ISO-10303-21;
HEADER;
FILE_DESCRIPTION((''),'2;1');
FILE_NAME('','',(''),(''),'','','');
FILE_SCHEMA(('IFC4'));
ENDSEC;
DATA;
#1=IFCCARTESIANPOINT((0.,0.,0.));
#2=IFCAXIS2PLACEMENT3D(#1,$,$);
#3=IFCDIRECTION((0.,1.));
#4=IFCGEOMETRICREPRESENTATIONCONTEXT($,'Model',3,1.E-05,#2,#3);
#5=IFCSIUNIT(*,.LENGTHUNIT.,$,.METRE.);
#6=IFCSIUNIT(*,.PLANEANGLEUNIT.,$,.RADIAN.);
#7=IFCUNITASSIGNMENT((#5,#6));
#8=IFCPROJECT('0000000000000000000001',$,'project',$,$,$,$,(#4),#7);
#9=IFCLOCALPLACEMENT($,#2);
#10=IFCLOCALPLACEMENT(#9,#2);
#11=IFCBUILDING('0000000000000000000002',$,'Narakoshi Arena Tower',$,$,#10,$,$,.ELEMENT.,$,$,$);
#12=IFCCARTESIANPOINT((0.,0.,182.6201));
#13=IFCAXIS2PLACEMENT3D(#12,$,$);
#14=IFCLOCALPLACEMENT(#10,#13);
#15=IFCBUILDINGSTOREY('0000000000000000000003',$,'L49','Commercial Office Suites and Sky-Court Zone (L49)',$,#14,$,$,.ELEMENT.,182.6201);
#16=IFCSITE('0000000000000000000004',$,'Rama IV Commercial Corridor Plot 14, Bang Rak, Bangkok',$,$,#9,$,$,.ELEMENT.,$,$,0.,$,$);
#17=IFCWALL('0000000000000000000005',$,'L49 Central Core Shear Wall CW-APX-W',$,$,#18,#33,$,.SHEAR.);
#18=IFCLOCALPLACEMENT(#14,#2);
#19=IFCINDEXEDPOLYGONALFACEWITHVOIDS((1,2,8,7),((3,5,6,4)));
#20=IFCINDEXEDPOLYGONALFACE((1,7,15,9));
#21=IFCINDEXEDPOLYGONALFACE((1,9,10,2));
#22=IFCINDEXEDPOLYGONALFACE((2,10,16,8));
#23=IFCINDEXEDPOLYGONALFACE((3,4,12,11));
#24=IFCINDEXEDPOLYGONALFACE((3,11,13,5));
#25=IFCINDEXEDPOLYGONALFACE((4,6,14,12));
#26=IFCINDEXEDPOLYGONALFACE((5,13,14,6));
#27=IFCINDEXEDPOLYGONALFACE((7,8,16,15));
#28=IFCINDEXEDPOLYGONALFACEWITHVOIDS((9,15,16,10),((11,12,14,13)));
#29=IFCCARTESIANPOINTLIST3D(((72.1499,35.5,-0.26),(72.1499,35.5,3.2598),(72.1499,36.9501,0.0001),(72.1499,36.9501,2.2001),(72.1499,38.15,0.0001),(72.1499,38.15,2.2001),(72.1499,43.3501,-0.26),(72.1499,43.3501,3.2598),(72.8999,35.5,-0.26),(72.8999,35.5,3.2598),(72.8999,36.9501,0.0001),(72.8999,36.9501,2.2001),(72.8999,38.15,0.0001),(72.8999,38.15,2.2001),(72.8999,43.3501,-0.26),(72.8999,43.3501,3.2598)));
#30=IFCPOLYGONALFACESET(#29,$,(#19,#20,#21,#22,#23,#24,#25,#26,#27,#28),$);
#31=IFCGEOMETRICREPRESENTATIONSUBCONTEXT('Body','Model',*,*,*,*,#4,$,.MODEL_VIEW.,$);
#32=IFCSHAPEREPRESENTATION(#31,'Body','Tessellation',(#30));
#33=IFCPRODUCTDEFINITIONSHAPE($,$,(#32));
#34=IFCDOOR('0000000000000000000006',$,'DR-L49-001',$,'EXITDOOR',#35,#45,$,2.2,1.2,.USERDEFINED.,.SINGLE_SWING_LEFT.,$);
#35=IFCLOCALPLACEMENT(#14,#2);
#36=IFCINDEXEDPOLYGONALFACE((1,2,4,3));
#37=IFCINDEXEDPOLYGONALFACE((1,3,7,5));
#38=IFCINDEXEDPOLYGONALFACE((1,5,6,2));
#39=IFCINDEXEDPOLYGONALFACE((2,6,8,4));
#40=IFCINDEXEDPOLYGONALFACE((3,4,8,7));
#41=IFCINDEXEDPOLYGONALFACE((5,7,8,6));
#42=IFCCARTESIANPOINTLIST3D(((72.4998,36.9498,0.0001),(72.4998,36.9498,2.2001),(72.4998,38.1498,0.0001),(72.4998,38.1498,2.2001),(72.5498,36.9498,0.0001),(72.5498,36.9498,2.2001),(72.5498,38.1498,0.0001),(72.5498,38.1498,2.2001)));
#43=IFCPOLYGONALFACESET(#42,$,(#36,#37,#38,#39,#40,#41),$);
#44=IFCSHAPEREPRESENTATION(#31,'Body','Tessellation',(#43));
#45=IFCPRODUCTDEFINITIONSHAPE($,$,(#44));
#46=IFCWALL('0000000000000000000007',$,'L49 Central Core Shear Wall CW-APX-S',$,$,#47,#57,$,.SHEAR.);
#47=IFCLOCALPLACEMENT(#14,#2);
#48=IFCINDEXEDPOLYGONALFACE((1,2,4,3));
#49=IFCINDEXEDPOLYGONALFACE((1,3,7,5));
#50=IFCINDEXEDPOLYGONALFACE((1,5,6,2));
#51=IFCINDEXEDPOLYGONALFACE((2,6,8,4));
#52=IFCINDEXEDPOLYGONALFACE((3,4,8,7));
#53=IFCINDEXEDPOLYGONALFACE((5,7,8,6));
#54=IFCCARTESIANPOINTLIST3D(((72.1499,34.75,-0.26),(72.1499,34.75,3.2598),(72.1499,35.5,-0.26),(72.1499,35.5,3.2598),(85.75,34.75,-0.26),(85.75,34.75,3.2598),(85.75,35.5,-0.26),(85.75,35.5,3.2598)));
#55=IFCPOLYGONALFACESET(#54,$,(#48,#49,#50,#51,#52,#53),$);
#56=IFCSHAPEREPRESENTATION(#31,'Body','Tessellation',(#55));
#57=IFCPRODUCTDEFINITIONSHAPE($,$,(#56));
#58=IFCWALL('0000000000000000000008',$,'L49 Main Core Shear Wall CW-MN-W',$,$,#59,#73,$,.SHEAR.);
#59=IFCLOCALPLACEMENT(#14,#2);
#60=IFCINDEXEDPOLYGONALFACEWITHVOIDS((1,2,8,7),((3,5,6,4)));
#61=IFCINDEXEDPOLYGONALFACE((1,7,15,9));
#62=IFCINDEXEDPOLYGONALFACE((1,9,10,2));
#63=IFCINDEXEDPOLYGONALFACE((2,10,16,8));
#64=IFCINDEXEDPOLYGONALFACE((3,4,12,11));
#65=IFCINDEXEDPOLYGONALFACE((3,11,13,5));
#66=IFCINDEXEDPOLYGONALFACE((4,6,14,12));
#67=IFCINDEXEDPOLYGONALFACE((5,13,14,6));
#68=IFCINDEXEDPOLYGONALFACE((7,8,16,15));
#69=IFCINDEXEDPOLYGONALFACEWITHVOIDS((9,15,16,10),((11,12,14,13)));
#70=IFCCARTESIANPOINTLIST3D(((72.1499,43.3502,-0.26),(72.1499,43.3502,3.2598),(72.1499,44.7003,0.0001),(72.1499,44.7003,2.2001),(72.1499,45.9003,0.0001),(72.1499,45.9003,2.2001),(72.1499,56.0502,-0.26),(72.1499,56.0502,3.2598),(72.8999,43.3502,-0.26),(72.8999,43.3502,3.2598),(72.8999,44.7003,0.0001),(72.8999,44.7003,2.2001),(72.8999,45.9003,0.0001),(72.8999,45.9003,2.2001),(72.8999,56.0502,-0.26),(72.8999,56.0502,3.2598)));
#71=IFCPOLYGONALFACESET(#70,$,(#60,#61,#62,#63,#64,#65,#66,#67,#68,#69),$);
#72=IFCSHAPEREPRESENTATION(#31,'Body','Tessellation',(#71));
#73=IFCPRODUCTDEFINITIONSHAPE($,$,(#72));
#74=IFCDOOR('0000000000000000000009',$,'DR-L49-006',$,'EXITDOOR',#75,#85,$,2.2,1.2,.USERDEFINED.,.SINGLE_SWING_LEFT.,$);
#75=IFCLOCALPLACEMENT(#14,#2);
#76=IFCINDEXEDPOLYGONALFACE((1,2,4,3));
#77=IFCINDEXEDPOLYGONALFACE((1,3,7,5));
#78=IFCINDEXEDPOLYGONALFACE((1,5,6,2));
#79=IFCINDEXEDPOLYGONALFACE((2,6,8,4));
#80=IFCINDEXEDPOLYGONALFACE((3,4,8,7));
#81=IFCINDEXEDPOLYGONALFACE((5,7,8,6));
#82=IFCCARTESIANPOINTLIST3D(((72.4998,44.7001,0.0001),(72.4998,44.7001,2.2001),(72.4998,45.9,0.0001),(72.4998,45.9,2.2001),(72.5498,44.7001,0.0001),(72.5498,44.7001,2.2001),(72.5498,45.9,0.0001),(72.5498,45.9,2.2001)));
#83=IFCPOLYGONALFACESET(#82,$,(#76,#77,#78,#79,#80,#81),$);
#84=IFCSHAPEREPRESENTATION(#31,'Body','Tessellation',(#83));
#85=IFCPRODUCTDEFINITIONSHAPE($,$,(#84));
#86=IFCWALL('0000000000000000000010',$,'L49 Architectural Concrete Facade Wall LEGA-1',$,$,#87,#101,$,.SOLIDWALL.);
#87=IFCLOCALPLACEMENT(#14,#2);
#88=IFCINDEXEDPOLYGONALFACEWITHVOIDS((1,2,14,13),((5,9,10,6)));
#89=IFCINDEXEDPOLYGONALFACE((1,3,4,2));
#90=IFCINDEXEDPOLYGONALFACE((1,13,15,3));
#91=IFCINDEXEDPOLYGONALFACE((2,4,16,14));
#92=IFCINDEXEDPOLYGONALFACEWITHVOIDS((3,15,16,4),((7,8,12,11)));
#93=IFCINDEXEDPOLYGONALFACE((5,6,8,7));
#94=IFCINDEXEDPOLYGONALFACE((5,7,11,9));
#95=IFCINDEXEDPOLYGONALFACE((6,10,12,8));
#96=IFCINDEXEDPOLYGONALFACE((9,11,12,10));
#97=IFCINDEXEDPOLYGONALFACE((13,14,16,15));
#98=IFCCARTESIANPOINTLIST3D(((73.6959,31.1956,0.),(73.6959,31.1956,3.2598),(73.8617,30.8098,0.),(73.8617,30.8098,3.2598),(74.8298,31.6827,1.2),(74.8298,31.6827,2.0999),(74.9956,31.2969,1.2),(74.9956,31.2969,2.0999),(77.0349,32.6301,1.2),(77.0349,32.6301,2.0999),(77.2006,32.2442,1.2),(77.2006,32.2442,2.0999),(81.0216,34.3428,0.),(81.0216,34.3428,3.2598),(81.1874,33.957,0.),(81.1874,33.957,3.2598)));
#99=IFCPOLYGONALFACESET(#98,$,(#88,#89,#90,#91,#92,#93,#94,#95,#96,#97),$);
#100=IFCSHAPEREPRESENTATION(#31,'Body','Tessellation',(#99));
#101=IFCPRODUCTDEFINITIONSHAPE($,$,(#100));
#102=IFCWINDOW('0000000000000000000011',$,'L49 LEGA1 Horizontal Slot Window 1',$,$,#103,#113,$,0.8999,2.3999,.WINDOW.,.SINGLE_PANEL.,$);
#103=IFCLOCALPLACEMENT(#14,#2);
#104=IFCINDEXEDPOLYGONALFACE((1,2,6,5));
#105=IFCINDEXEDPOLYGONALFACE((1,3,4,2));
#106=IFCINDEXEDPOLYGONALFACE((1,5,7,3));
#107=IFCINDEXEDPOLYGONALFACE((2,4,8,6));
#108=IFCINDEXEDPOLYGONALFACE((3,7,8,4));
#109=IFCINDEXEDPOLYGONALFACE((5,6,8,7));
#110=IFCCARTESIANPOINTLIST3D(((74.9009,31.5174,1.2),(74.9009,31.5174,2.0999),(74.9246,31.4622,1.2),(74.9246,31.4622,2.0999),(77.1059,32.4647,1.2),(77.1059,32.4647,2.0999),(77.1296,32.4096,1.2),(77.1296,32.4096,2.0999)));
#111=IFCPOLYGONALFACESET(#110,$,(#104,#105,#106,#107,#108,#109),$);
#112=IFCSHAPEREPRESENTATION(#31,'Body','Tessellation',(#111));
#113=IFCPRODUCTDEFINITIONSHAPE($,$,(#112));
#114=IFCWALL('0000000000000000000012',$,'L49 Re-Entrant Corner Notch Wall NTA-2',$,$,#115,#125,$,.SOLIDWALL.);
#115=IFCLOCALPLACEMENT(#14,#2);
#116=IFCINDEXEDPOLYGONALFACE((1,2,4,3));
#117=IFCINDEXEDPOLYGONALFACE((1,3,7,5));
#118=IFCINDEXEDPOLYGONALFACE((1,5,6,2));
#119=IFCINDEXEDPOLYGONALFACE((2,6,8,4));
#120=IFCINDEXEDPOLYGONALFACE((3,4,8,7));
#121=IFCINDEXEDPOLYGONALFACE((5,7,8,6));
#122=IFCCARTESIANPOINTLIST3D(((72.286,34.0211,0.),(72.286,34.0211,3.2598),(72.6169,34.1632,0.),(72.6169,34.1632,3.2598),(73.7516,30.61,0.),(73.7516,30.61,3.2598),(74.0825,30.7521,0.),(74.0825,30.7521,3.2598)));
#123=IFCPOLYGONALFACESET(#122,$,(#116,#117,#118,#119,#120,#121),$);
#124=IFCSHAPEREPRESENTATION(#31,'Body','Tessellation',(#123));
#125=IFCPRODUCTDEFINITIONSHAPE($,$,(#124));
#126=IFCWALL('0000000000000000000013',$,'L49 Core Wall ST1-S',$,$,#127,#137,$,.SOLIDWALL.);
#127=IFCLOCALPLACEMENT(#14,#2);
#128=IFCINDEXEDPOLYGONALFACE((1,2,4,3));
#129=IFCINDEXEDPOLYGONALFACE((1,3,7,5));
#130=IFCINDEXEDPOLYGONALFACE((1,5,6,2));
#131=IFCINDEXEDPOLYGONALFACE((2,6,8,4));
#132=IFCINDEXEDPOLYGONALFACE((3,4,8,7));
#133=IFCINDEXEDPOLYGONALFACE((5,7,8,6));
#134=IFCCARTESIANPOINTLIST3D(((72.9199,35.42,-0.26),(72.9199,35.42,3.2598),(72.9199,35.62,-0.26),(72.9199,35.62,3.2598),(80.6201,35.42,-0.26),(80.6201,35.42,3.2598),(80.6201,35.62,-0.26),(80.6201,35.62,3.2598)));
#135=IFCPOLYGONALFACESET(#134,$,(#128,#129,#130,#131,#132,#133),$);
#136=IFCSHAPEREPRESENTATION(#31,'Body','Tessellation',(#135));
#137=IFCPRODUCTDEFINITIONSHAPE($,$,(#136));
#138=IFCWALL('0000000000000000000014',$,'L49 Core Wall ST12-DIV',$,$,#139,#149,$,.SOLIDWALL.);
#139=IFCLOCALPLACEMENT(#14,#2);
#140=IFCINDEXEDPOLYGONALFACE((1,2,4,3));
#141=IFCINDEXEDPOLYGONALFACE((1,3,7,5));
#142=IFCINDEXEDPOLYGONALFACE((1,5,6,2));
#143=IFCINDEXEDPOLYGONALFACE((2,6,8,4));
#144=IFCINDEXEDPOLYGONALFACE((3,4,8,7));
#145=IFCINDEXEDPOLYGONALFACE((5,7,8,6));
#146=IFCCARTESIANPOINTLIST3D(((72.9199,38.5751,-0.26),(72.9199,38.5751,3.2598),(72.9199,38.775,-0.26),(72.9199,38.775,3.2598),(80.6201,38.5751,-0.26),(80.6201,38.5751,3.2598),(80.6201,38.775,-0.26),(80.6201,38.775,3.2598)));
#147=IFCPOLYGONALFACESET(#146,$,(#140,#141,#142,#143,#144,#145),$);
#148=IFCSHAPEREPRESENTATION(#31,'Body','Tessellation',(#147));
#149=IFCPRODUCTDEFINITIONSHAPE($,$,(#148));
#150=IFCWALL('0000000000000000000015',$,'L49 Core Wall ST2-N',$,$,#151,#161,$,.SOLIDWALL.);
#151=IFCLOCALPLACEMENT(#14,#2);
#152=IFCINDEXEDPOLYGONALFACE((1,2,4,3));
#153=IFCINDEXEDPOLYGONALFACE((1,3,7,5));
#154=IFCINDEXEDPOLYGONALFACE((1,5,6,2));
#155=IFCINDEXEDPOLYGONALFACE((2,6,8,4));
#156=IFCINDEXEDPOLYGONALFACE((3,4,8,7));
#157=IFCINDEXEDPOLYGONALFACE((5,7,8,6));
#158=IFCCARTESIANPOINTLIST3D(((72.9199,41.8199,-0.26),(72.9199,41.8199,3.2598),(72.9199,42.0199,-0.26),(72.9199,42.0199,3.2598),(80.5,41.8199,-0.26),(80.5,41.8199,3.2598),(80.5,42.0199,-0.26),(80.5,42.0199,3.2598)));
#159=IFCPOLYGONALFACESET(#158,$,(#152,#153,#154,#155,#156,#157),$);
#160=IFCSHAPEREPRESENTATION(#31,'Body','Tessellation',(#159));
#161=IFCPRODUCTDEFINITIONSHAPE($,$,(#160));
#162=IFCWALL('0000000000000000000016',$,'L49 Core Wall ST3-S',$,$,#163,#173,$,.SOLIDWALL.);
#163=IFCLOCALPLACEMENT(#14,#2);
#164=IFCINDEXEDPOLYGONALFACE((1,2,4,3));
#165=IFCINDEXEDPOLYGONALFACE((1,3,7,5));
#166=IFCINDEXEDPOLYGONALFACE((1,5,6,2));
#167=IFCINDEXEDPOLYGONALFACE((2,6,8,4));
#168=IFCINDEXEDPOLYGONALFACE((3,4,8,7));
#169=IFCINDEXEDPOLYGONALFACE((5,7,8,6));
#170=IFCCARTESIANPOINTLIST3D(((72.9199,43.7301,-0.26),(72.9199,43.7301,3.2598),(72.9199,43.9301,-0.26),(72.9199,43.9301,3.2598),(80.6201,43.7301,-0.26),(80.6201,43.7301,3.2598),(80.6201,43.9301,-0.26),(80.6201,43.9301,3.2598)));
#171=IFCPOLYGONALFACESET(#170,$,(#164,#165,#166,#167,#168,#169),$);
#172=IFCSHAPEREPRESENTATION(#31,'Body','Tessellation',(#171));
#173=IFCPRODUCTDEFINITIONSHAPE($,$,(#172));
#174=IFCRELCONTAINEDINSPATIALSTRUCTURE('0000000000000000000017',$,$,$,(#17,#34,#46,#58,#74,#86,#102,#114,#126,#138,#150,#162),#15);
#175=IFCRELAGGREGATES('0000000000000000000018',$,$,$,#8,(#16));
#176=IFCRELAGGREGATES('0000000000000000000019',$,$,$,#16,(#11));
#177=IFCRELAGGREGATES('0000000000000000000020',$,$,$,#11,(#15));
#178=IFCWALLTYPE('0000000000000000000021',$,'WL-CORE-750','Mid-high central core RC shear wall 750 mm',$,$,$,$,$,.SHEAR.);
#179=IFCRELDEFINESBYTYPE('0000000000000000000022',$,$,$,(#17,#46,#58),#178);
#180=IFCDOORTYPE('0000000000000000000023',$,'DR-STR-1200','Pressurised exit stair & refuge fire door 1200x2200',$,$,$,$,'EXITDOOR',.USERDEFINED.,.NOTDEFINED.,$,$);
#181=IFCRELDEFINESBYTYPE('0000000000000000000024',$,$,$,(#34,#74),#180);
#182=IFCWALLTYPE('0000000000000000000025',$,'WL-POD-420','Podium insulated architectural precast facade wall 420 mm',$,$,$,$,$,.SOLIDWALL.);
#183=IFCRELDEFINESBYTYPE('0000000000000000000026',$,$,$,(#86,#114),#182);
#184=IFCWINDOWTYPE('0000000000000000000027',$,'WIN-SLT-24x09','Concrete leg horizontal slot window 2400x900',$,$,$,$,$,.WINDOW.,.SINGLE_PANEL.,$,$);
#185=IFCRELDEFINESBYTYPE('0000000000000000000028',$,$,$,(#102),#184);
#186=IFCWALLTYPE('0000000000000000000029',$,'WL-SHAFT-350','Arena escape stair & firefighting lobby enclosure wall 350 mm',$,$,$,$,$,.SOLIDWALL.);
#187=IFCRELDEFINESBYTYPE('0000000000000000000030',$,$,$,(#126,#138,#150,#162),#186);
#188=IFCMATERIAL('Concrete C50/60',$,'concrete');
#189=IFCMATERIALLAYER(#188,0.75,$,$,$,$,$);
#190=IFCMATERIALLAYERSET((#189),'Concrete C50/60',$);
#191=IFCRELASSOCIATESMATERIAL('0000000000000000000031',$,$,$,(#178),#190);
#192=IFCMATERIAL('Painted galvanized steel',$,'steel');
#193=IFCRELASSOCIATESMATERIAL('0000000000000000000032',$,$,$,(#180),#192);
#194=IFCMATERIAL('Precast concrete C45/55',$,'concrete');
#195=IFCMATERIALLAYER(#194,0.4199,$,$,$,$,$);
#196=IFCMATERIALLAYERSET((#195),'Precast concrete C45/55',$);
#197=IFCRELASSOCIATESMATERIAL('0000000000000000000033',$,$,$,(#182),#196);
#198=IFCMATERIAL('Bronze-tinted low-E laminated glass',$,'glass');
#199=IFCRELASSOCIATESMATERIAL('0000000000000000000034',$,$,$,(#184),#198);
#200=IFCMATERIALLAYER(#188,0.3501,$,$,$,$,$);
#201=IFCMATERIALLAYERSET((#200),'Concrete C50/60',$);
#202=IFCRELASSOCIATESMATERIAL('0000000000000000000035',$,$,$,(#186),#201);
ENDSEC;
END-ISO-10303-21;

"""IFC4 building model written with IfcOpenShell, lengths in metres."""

from ifc_helpers import new_model, si_unit, direction, frame, frame_2d, origin, place, context, subcontext, project, spatial, rectangle, extrude, material, layer, layer_set, type_object, element, fill, save


model = new_model("IFC4")

# Units and contexts
model_context = context("Model", 3, precision=1e-05, world=origin(), true_north=direction((0.0, 1.0)))
body_context = subcontext(model_context, "Body", "Model", "MODEL_VIEW")
ifc_project = project(units=[si_unit("LENGTHUNIT", "METRE"), si_unit("PLANEANGLEUNIT", "RADIAN")], contexts=[model_context])

# Site, building, storey
site_placement = place(None, origin())
site = spatial("IfcSite", under=ifc_project, at=site_placement, Name="Rama IV Commercial Corridor Plot 14, Bang Rak, Bangkok", CompositionType="ELEMENT", RefElevation=0.0)
building_placement = place(site_placement, origin())
building = spatial("IfcBuilding", under=site, at=building_placement, Name="Narakoshi Arena Tower", CompositionType="ELEMENT")
storey_placement = place(building_placement, frame((0.0, 0.0, 182.6201)))
storey = spatial("IfcBuildingStorey", under=building, at=storey_placement, Name="L49", Description="Commercial Office Suites and Sky-Court Zone (L49)", CompositionType="ELEMENT", Elevation=182.6201)

# Wall, opening, door
ifc_material_1 = material(Name="Concrete C50/60", Category="concrete")
ifc_layer_1 = layer(ifc_material_1, 0.75)
ifc_layer_set_1 = layer_set([ifc_layer_1], Name="Concrete C50/60")
wall_type_1 = type_object("IfcWallType", Name="WL-CORE-750", Description="Mid-high central core RC shear wall 750 mm", PredefinedType="SHEAR", material=ifc_layer_set_1)
wall_1_placement = place(storey_placement, frame((72.5249, 35.5, -0.26), z_axis=(0.0, 0.0, 1.0), x_axis=(0.0, 1.0, 0.0)))
wall_1 = element("IfcWall", 1, at=wall_1_placement, inside=storey, type_object=wall_type_1, Name="L49 Central Core Shear Wall CW-APX-W", PredefinedType="SHEAR", context=body_context, shape_type="SweptSolid", body=[
    extrude(rectangle(XDim=7.8501, YDim=0.75, at=frame_2d((3.925, 0.0))), origin(), (0.0, 0.0, 1.0), 3.5198),
])
opening_1_placement = place(wall_1_placement, frame((1.45, 0.0, 0.26)))
opening_1 = element("IfcOpeningElement", 2, at=opening_1_placement, cuts=wall_1, PredefinedType="OPENING", context=body_context, shape_type="SweptSolid", body=[
    extrude(rectangle(XDim=1.2, YDim=2.2, at=frame_2d((0.6001, 1.1001))), frame((0.0, 0.385, 0.0), z_axis=(0.0, -1.0, 0.0), x_axis=(1.0, 0.0, 0.0)), (0.0, 0.0, 1.0), 0.77),
])
ifc_material_2 = material(Name="Painted galvanized steel", Category="steel")
door_type = type_object("IfcDoorType", Name="DR-STR-1200", Description="Pressurised exit stair & refuge fire door 1200x2200", ElementType="EXITDOOR", OperationType="NOTDEFINED", PredefinedType="USERDEFINED", material=ifc_material_2)
door_1_placement = place(opening_1_placement, frame((1.2, 0.0, 0.0), z_axis=(0.0, 0.0, 1.0), x_axis=(-1.0, 0.0, 0.0)))
door_1 = element("IfcDoor", 3, at=door_1_placement, inside=storey, type_object=door_type, Name="DR-L49-001", ObjectType="EXITDOOR", OperationType="SINGLE_SWING_LEFT", OverallHeight=2.2, OverallWidth=1.2, PredefinedType="USERDEFINED", context=body_context, shape_type="SweptSolid", body=[
    extrude(rectangle(XDim=1.2, YDim=2.2, at=frame_2d((0.6001, 1.1001))), frame((0.0, 0.0249, 0.0), z_axis=(0.0, -1.0, 0.0), x_axis=(1.0, 0.0, 0.0)), (0.0, 0.0, 1.0), 0.05),
])
fill(opening_1, door_1)

# Wall
wall_2_placement = place(storey_placement, frame((72.1499, 35.125, -0.26), z_axis=(0.0, 0.0, 1.0), x_axis=(1.0, 0.0, 0.0)))
element("IfcWall", 4, at=wall_2_placement, inside=storey, type_object=wall_type_1, Name="L49 Central Core Shear Wall CW-APX-S", PredefinedType="SHEAR", context=body_context, shape_type="SweptSolid", body=[
    extrude(rectangle(XDim=13.6001, YDim=0.75, at=frame_2d((6.8, 0.0))), origin(), (0.0, 0.0, 1.0), 3.5198),
])

# Wall, opening, door
wall_3_placement = place(storey_placement, frame((72.5249, 43.3501, -0.26), z_axis=(0.0, 0.0, 1.0), x_axis=(0.0, 1.0, 0.0)))
wall_3 = element("IfcWall", 5, at=wall_3_placement, inside=storey, type_object=wall_type_1, Name="L49 Main Core Shear Wall CW-MN-W", PredefinedType="SHEAR", context=body_context, shape_type="SweptSolid", body=[
    extrude(rectangle(XDim=12.7, YDim=0.75, at=frame_2d((6.3501, 0.0))), origin(), (0.0, 0.0, 1.0), 3.5198),
])
opening_2_placement = place(wall_3_placement, frame((1.3501, 0.0, 0.26)))
opening_2 = element("IfcOpeningElement", 6, at=opening_2_placement, cuts=wall_3, PredefinedType="OPENING", context=body_context, shape_type="SweptSolid", body=[
    extrude(rectangle(XDim=1.2, YDim=2.2, at=frame_2d((0.6001, 1.1001))), frame((0.0, 0.385, 0.0), z_axis=(0.0, -1.0, 0.0), x_axis=(1.0, 0.0, 0.0)), (0.0, 0.0, 1.0), 0.77),
])
door_2_placement = place(opening_2_placement, frame((1.2, 0.0, 0.0), z_axis=(0.0, 0.0, 1.0), x_axis=(-1.0, 0.0, 0.0)))
door_2 = element("IfcDoor", 7, at=door_2_placement, inside=storey, type_object=door_type, Name="DR-L49-006", ObjectType="EXITDOOR", OperationType="SINGLE_SWING_LEFT", OverallHeight=2.2, OverallWidth=1.2, PredefinedType="USERDEFINED", context=body_context, shape_type="SweptSolid", body=[
    extrude(rectangle(XDim=1.2, YDim=2.2, at=frame_2d((0.6001, 1.1001))), frame((0.0, 0.0249, 0.0), z_axis=(0.0, -1.0, 0.0), x_axis=(1.0, 0.0, 0.0)), (0.0, 0.0, 1.0), 0.05),
])
fill(opening_2, door_2)

# Wall, opening, window
ifc_material_3 = material(Name="Precast concrete C45/55", Category="concrete")
ifc_layer_2 = layer(ifc_material_3, 0.4199)
ifc_layer_set_2 = layer_set([ifc_layer_2], Name="Precast concrete C45/55")
wall_type_2 = type_object("IfcWallType", Name="WL-POD-420", Description="Podium insulated architectural precast facade wall 420 mm", PredefinedType="SOLIDWALL", material=ifc_layer_set_2)
wall_4_placement = place(storey_placement, frame((73.7788, 31.0027, 0.0), z_axis=(0.0, 0.0, 1.0), x_axis=(0.918798, 0.394728, 0.0)))
wall_4 = element("IfcWall", 8, at=wall_4_placement, inside=storey, type_object=wall_type_2, Name="L49 Architectural Concrete Facade Wall LEGA-1", PredefinedType="SOLIDWALL", context=body_context, shape_type="SweptSolid", body=[
    extrude(rectangle(XDim=7.9731, YDim=0.4199, at=frame_2d((3.9866, 0.0))), origin(), (0.0, 0.0, 1.0), 3.2598),
])
opening_3_placement = place(wall_4_placement, frame((1.2341, 0.0, 1.2)))
opening_3 = element("IfcOpeningElement", 9, at=opening_3_placement, cuts=wall_4, PredefinedType="OPENING", context=body_context, shape_type="SweptSolid", body=[
    extrude(rectangle(XDim=2.3999, YDim=0.8999, at=frame_2d((1.2, 0.45))), frame((0.0, 0.22, 0.0), z_axis=(0.0, -1.0, 0.0), x_axis=(1.0, 0.0, 0.0)), (0.0, 0.0, 1.0), 0.4399),
])
ifc_material_4 = material(Name="Bronze-tinted low-E laminated glass", Category="glass")
window_type = type_object("IfcWindowType", Name="WIN-SLT-24x09", Description="Concrete leg horizontal slot window 2400x900", PartitioningType="SINGLE_PANEL", PredefinedType="WINDOW", material=ifc_material_4)
window_placement = place(opening_3_placement, origin())
window = element("IfcWindow", 10, at=window_placement, inside=storey, type_object=window_type, Name="L49 LEGA1 Horizontal Slot Window 1", OverallHeight=0.8999, OverallWidth=2.3999, PartitioningType="SINGLE_PANEL", PredefinedType="WINDOW", context=body_context, shape_type="SweptSolid", body=[
    extrude(rectangle(XDim=2.3999, YDim=0.8999, at=frame_2d((1.2, 0.45))), frame((0.0, 0.03, 0.0), z_axis=(0.0, -1.0, 0.0), x_axis=(1.0, 0.0, 0.0)), (0.0, 0.0, 1.0), 0.0601),
])
fill(opening_3, window)

# Walls
wall_5_placement = place(storey_placement, frame((72.4514, 34.0923, 0.0), z_axis=(0.0, 0.0, 1.0), x_axis=(0.394752, -0.918788, 0.0)))
element("IfcWall", 11, at=wall_5_placement, inside=storey, type_object=wall_type_2, Name="L49 Re-Entrant Corner Notch Wall NTA-2", PredefinedType="SOLIDWALL", context=body_context, shape_type="SweptSolid", body=[
    extrude(rectangle(XDim=3.7126, YDim=0.3601, at=frame_2d((1.8564, 0.0))), origin(), (0.0, 0.0, 1.0), 3.2598),
])
ifc_layer_3 = layer(ifc_material_1, 0.3501)
ifc_layer_set_3 = layer_set([ifc_layer_3], Name="Concrete C50/60")
wall_type_3 = type_object("IfcWallType", Name="WL-SHAFT-350", Description="Arena escape stair & firefighting lobby enclosure wall 350 mm", PredefinedType="SOLIDWALL", material=ifc_layer_set_3)
for number, where, z_axis, x_axis, name in (
    (12, (72.9199, 35.52, -0.26), (0.0, 0.0, 1.0), (1.0, 0.0, 0.0), "L49 Core Wall ST1-S"),
    (13, (72.9199, 38.675, -0.26), (0.0, 0.0, 1.0), (1.0, 0.0, 0.0), "L49 Core Wall ST12-DIV"),
):
    element("IfcWall", number, at=place(storey_placement, frame(where, z_axis=z_axis, x_axis=x_axis)), inside=storey, type_object=wall_type_3, Name=name, PredefinedType="SOLIDWALL", context=body_context, shape_type="SweptSolid", body=[
        extrude(rectangle(XDim=7.7002, YDim=0.2, at=frame_2d((3.8501, 0.0))), origin(), (0.0, 0.0, 1.0), 3.5198),
    ])
wall_6_placement = place(storey_placement, frame((72.9199, 41.9199, -0.26), z_axis=(0.0, 0.0, 1.0), x_axis=(1.0, 0.0, 0.0)))
element("IfcWall", 14, at=wall_6_placement, inside=storey, type_object=wall_type_3, Name="L49 Core Wall ST2-N", PredefinedType="SOLIDWALL", context=body_context, shape_type="SweptSolid", body=[
    extrude(rectangle(XDim=7.5801, YDim=0.2, at=frame_2d((3.79, 0.0))), origin(), (0.0, 0.0, 1.0), 3.5198),
])
wall_7_placement = place(storey_placement, frame((72.9199, 43.8301, -0.26), z_axis=(0.0, 0.0, 1.0), x_axis=(1.0, 0.0, 0.0)))
element("IfcWall", 15, at=wall_7_placement, inside=storey, type_object=wall_type_3, Name="L49 Core Wall ST3-S", PredefinedType="SOLIDWALL", context=body_context, shape_type="SweptSolid", body=[
    extrude(rectangle(XDim=7.7002, YDim=0.2, at=frame_2d((3.8501, 0.0))), origin(), (0.0, 0.0, 1.0), 3.5198),
])

save(model, "model.ifc")
